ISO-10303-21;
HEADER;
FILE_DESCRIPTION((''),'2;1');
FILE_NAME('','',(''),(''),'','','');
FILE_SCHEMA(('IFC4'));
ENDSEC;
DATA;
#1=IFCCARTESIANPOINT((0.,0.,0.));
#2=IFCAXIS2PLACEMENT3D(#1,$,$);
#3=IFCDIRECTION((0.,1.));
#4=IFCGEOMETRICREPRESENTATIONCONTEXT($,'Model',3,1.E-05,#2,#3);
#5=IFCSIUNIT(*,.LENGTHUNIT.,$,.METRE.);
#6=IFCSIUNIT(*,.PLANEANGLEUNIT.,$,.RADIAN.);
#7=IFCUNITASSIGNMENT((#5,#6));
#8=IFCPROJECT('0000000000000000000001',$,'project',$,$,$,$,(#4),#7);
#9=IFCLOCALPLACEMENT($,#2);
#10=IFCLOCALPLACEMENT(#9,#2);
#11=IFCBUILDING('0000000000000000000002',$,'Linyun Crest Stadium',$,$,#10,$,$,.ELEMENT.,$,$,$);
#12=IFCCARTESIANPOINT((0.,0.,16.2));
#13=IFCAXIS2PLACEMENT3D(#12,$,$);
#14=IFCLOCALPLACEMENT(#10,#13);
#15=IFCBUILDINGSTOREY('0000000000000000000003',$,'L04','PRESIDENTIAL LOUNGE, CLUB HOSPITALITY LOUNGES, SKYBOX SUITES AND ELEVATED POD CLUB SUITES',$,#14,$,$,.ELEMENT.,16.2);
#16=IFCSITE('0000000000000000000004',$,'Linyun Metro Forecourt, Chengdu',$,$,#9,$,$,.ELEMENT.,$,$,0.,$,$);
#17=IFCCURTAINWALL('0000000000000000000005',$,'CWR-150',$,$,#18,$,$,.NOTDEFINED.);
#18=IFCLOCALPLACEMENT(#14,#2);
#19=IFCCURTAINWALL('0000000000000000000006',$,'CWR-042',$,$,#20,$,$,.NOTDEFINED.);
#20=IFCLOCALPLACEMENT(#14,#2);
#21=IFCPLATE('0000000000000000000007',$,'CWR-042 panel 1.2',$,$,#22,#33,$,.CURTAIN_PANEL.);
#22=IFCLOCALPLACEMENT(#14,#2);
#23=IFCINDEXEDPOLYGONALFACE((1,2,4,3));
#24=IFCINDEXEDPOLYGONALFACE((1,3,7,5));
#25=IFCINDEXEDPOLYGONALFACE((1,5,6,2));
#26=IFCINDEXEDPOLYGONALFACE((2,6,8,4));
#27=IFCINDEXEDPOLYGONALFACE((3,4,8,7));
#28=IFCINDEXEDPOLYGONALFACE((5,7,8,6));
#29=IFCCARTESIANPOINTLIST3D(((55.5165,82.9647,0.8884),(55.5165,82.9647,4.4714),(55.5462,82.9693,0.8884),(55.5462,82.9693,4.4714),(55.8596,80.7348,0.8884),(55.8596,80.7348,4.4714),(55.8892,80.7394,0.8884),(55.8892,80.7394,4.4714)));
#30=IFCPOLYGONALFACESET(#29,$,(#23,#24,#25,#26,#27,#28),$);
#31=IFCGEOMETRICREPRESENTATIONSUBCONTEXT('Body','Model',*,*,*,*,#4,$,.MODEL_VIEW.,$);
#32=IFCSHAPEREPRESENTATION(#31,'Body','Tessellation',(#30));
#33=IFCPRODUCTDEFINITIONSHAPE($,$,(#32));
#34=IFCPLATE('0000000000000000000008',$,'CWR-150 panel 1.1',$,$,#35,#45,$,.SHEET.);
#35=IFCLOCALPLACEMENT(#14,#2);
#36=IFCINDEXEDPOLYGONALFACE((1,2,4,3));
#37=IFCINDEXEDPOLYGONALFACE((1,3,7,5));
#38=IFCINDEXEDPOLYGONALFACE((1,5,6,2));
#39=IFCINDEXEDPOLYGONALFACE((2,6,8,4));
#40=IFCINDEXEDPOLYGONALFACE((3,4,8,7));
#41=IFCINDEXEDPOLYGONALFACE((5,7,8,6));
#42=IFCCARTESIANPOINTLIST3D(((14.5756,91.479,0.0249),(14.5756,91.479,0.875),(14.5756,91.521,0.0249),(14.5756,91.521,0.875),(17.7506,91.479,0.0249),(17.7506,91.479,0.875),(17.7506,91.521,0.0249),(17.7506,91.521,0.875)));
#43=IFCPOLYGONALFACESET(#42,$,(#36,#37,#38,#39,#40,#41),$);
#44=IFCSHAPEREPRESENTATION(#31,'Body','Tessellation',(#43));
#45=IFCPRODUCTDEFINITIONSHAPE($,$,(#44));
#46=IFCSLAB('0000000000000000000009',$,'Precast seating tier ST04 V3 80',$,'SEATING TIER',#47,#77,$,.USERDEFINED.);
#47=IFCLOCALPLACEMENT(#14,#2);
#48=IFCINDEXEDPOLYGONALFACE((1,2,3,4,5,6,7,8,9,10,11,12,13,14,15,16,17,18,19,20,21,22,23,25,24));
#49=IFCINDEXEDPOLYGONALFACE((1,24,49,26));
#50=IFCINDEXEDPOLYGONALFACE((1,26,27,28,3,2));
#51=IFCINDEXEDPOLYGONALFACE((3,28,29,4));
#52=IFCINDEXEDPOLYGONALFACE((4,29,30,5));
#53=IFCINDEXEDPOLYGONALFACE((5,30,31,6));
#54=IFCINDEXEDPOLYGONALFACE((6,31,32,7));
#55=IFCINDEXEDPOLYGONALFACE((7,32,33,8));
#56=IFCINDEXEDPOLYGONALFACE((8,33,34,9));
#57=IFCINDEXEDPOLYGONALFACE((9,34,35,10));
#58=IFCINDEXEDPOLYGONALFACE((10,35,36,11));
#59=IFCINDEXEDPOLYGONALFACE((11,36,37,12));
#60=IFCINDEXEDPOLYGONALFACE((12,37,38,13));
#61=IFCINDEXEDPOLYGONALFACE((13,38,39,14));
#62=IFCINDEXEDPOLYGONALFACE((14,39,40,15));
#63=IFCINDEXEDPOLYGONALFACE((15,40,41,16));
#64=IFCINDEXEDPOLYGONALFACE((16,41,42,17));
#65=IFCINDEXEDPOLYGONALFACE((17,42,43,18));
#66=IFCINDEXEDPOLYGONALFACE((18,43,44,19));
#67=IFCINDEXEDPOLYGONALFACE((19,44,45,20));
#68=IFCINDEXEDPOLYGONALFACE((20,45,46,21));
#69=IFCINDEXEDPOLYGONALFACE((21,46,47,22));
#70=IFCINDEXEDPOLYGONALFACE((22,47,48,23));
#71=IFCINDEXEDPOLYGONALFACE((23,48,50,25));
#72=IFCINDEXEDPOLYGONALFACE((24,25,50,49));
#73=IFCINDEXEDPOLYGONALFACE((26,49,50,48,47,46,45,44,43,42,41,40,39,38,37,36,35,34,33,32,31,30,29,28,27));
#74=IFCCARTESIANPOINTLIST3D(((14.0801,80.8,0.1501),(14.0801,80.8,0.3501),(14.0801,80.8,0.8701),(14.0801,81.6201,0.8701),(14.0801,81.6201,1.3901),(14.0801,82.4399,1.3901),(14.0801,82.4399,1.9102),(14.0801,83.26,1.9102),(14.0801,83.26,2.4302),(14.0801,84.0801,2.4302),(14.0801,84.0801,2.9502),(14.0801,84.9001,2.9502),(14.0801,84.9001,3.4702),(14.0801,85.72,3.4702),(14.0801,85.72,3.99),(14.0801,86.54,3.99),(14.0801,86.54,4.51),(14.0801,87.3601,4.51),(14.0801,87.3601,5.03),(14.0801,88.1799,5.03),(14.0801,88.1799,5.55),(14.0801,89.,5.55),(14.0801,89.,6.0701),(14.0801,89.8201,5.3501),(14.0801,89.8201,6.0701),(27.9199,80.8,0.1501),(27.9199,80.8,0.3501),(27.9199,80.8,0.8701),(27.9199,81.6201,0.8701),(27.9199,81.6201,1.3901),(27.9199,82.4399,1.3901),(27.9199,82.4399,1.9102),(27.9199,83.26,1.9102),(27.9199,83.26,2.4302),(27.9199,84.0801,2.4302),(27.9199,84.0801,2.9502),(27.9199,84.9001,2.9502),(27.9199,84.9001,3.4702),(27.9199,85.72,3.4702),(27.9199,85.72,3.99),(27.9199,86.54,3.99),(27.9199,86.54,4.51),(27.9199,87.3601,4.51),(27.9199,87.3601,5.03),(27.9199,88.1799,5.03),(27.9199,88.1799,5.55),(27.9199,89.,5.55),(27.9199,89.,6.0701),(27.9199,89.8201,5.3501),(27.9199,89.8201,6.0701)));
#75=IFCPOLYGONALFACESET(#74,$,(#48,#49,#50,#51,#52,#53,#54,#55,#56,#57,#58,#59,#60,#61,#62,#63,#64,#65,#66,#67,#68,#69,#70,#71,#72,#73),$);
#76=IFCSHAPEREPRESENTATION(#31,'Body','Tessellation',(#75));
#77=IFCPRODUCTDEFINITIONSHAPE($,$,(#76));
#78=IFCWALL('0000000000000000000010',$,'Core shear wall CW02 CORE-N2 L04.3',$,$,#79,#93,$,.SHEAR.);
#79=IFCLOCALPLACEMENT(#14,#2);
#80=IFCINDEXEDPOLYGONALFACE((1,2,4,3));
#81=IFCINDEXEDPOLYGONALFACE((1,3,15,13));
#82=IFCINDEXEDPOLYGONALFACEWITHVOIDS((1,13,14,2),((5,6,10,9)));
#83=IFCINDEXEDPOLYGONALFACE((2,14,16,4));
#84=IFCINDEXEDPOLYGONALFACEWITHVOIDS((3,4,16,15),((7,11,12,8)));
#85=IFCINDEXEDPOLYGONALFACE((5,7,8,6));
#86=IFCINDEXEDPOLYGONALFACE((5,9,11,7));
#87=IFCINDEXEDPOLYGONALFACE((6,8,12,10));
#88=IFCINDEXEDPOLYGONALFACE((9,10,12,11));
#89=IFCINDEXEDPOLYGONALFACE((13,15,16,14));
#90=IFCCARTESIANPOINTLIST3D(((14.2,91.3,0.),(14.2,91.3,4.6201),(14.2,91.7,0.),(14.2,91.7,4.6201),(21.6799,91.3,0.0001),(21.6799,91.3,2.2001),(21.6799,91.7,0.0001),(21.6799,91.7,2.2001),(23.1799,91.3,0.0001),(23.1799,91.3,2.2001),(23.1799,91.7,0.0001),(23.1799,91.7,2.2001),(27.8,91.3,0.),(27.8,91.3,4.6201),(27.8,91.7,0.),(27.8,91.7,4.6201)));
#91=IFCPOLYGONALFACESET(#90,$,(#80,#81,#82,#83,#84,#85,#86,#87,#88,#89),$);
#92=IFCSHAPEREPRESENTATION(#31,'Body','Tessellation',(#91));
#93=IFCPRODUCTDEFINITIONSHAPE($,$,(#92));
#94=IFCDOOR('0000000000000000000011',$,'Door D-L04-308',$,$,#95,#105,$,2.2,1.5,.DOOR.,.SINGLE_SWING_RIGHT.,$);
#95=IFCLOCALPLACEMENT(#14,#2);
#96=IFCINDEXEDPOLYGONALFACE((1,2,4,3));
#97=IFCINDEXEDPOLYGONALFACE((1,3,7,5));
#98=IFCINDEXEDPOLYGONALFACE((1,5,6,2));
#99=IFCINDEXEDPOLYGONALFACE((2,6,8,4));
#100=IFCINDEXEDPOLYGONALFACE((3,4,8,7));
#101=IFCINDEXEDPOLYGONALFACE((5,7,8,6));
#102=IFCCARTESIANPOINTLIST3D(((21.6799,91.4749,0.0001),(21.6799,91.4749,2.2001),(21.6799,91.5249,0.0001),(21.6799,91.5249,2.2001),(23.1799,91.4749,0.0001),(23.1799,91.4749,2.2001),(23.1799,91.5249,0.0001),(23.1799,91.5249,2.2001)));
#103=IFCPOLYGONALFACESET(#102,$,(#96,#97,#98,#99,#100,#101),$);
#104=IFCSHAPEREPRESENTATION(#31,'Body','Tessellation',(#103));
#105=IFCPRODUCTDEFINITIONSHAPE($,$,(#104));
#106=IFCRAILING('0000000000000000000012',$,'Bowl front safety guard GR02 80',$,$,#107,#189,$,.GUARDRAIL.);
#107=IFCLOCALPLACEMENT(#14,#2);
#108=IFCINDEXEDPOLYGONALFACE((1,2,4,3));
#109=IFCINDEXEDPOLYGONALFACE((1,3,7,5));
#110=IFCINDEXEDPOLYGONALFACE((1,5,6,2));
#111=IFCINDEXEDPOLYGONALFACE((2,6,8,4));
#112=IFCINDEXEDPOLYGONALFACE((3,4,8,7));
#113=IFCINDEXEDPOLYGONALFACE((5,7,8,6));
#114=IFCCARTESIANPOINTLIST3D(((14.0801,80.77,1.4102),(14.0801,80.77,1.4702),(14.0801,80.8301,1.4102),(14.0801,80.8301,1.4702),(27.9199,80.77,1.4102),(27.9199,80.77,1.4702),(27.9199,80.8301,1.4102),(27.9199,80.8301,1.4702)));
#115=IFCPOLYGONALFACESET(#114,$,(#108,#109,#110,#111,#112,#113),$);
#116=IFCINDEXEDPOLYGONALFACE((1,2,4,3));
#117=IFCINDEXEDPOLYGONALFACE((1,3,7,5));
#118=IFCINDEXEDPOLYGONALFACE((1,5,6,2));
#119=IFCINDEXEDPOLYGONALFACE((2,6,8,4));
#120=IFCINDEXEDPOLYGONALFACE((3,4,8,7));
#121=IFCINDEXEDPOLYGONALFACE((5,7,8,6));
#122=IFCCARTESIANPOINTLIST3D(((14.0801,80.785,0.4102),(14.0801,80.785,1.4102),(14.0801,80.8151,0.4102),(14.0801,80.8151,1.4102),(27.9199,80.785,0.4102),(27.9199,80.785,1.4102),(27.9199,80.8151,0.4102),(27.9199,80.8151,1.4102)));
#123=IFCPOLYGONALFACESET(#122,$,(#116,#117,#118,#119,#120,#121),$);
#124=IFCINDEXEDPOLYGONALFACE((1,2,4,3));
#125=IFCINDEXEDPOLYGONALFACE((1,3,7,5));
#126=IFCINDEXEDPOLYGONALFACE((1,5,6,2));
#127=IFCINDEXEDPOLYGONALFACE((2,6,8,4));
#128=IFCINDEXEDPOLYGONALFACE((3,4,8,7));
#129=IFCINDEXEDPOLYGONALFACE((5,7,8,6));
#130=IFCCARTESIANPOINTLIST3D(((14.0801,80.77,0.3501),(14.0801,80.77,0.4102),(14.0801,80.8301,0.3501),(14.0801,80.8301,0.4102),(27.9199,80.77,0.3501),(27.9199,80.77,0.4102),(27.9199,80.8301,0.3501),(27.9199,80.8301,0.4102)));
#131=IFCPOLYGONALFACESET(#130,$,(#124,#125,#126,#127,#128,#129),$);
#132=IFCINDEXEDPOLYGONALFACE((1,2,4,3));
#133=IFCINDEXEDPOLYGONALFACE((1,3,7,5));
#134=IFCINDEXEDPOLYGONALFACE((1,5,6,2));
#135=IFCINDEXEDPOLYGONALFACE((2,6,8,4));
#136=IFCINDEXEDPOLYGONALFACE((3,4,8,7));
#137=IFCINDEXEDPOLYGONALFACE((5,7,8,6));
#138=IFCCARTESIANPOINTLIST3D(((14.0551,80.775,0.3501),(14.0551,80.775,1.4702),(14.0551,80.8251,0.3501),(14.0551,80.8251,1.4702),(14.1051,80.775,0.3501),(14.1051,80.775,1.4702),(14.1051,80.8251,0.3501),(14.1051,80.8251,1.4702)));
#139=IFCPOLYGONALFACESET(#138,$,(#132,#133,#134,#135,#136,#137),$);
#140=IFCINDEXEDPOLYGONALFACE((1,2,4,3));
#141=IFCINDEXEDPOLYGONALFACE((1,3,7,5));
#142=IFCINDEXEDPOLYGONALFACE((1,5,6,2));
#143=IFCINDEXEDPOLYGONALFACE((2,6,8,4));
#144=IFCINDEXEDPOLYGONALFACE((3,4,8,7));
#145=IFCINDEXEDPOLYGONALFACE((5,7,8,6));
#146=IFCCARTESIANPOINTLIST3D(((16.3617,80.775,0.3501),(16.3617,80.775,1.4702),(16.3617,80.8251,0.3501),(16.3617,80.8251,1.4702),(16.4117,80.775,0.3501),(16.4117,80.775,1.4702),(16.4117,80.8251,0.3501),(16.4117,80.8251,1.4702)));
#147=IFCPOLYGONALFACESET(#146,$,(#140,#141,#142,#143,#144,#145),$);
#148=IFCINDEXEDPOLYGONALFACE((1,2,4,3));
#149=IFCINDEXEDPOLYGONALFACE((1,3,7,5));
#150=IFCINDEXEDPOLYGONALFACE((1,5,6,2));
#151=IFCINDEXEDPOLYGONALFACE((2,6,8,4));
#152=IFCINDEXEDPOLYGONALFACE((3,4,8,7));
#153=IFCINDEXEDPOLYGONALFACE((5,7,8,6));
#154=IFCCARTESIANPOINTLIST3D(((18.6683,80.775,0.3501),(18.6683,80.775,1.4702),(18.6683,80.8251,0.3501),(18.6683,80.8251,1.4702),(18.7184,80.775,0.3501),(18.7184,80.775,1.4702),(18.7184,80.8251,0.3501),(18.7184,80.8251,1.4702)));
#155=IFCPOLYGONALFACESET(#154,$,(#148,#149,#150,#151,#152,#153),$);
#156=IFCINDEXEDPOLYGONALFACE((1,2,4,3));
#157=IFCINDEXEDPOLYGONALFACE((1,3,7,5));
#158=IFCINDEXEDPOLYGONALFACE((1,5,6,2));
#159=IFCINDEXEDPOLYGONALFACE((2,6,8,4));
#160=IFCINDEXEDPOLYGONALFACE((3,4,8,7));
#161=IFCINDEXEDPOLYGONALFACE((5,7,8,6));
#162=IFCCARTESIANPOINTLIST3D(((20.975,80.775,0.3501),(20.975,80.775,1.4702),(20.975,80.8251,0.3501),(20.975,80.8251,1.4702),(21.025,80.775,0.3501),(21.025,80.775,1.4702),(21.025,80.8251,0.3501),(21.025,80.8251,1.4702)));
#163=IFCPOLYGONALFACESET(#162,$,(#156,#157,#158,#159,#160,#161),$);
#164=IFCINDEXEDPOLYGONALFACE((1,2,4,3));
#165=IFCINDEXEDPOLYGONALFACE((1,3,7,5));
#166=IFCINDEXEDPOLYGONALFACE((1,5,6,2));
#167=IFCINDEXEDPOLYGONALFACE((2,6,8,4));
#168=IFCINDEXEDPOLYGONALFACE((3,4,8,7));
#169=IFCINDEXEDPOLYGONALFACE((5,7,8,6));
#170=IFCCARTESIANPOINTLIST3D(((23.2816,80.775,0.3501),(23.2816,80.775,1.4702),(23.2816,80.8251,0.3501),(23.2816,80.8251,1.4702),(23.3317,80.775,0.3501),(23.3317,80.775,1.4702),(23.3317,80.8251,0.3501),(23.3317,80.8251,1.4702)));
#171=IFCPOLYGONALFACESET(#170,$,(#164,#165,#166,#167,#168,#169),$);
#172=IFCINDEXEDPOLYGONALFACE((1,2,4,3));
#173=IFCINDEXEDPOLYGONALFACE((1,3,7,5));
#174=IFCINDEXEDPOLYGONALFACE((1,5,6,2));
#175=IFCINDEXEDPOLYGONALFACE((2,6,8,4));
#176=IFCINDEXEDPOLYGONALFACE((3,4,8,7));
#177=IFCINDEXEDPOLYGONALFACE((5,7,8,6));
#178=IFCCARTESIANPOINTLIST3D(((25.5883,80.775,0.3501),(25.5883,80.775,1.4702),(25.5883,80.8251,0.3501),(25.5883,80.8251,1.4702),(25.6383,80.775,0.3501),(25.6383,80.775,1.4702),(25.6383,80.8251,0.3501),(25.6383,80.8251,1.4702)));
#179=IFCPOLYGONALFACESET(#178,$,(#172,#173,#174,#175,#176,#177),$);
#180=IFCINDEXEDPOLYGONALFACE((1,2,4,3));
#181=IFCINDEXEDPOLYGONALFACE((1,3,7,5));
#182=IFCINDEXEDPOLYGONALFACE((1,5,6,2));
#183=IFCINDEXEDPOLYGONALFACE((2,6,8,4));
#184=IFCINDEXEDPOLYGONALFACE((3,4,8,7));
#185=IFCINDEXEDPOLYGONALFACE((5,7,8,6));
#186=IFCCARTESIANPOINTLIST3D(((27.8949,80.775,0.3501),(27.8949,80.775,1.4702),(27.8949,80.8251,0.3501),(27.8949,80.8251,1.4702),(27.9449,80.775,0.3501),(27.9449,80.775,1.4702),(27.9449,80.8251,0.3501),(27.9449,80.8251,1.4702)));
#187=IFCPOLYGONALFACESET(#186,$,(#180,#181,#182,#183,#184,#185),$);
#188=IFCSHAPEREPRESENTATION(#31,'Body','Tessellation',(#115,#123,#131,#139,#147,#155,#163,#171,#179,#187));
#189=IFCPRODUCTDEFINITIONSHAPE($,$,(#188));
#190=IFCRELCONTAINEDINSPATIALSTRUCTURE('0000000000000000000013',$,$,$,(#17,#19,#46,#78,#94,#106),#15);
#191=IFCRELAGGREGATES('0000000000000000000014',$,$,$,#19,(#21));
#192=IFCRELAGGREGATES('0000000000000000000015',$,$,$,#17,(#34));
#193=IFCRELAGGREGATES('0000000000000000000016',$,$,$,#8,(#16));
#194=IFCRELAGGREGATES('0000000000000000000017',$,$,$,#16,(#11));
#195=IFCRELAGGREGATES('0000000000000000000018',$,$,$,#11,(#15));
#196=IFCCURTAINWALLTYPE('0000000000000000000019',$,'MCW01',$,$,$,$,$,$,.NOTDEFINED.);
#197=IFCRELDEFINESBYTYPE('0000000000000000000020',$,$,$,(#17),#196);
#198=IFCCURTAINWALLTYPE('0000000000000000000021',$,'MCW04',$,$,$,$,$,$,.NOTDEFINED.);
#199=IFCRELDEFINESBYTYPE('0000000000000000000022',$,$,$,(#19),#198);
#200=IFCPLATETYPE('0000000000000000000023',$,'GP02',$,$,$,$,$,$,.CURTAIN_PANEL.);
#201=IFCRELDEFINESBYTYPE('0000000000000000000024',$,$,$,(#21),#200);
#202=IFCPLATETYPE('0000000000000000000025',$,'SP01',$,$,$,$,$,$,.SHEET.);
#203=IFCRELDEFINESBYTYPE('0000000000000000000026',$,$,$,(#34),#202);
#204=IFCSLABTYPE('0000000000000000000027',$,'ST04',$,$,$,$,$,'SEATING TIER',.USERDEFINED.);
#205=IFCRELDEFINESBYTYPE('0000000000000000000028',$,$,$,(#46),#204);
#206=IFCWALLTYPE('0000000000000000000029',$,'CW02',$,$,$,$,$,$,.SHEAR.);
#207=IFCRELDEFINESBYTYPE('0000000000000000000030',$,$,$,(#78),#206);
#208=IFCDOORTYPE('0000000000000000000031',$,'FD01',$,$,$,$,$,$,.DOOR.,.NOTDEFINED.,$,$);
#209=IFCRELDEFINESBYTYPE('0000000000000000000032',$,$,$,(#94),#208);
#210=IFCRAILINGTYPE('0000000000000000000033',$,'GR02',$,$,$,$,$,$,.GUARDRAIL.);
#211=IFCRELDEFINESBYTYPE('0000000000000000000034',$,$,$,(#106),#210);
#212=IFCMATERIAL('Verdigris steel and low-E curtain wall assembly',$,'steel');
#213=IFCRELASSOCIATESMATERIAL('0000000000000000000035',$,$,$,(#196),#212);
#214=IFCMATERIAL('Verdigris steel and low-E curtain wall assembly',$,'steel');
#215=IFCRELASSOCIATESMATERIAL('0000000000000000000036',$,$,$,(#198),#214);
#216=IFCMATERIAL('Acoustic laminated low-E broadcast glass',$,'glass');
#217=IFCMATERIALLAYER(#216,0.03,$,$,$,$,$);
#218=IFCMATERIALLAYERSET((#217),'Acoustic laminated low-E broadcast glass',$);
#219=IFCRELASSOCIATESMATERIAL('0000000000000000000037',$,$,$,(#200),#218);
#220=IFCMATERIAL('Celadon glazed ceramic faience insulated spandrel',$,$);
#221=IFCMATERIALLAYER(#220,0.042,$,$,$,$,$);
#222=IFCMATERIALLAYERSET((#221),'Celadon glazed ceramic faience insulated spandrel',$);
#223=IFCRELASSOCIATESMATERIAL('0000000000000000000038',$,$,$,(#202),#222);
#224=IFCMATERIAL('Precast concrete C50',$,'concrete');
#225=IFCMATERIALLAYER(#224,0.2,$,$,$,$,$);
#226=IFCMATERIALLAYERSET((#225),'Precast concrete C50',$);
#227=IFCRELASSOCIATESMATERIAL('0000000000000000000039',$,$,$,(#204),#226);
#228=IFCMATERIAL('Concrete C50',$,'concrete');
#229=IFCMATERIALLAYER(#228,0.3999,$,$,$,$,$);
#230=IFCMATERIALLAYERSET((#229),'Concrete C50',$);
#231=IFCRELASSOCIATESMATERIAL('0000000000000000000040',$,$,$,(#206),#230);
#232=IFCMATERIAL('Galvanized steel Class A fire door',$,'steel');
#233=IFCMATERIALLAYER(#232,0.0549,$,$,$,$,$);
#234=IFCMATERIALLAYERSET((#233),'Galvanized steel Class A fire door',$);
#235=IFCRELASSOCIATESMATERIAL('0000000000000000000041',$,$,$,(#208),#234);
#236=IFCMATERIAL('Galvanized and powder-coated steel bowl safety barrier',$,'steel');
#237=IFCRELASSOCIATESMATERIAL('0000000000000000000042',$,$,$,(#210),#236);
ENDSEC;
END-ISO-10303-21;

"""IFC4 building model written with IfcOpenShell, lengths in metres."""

from ifc_helpers import new_model, si_unit, direction, frame, frame_2d, origin, origin_2d, place, context, subcontext, project, spatial, polyline, rectangle, outline, extrude, material, layer, layer_set, type_object, element, fill, aggregate, save


model = new_model("IFC4")

# Units and contexts
model_context = context("Model", 3, precision=1e-05, world=origin(), true_north=direction((0.0, 1.0)))
body_context = subcontext(model_context, "Body", "Model", "MODEL_VIEW")
ifc_project = project(units=[si_unit("LENGTHUNIT", "METRE"), si_unit("PLANEANGLEUNIT", "RADIAN")], contexts=[model_context])

# Site, building, storey
site_placement = place(None, origin())
site = spatial("IfcSite", under=ifc_project, at=site_placement, Name="Linyun Metro Forecourt, Chengdu", CompositionType="ELEMENT", RefElevation=0.0)
building_placement = place(site_placement, origin())
building = spatial("IfcBuilding", under=site, at=building_placement, Name="Linyun Crest Stadium", CompositionType="ELEMENT")
storey_placement = place(building_placement, frame((0.0, 0.0, 16.2)))
storey = spatial("IfcBuildingStorey", under=building, at=storey_placement, Name="L04", Description="PRESIDENTIAL LOUNGE, CLUB HOSPITALITY LOUNGES, SKYBOX SUITES AND ELEVATED POD CLUB SUITES", CompositionType="ELEMENT", Elevation=16.2)

# Shared definitions
ifc_material_1 = material(Name="Verdigris steel and low-E curtain wall assembly", Category="steel")
curtain_wall_type_1 = type_object("IfcCurtainWallType", Name="MCW01", PredefinedType="NOTDEFINED", material=ifc_material_1)

# Curtain wall
curtain_wall_1_placement = place(storey_placement, origin())
curtain_wall_1 = element("IfcCurtainWall", 1, at=curtain_wall_1_placement, inside=storey, type_object=curtain_wall_type_1, Name="CWR-150", PredefinedType="NOTDEFINED")

# Curtain wall
ifc_material_2 = material(Name="Verdigris steel and low-E curtain wall assembly", Category="steel")
curtain_wall_type_2 = type_object("IfcCurtainWallType", Name="MCW04", PredefinedType="NOTDEFINED", material=ifc_material_2)
curtain_wall_2_placement = place(storey_placement, origin())
curtain_wall_2 = element("IfcCurtainWall", 2, at=curtain_wall_2_placement, inside=storey, type_object=curtain_wall_type_2, Name="CWR-042", PredefinedType="NOTDEFINED")

# Plates
ifc_material_3 = material(Name="Acoustic laminated low-E broadcast glass", Category="glass")
ifc_layer_1 = layer(ifc_material_3, 0.03)
ifc_layer_set_1 = layer_set([ifc_layer_1], Name="Acoustic laminated low-E broadcast glass")
plate_type_1 = type_object("IfcPlateType", Name="GP02", PredefinedType="CURTAIN_PANEL", material=ifc_layer_set_1)
plate_1_placement = place(storey_placement, frame((55.7029, 81.8521, 0.8884), z_axis=(0.0, 0.0, 1.0), x_axis=(0.152054, -0.988372, 0.0)))
plate_1 = element("IfcPlate", 3, at=plate_1_placement, type_object=plate_type_1, Name="CWR-042 panel 1.2", PredefinedType="CURTAIN_PANEL", context=body_context, shape_type="SweptSolid", body=[
    extrude(rectangle(XDim=2.2561, YDim=0.03, at=origin_2d()), origin(), (0.0, 0.0, 1.0), 3.583),
])
aggregate(curtain_wall_2, [plate_1])
ifc_material_4 = material(Name="Celadon glazed ceramic faience insulated spandrel")
ifc_layer_2 = layer(ifc_material_4, 0.042)
ifc_layer_set_2 = layer_set([ifc_layer_2], Name="Celadon glazed ceramic faience insulated spandrel")
plate_type_2 = type_object("IfcPlateType", Name="SP01", PredefinedType="SHEET", material=ifc_layer_set_2)
plate_2_placement = place(storey_placement, frame((16.1631, 91.5, 0.0249), z_axis=(0.0, 0.0, 1.0), x_axis=(1.0, 0.0, 0.0)))
plate_2 = element("IfcPlate", 4, at=plate_2_placement, type_object=plate_type_2, Name="CWR-150 panel 1.1", PredefinedType="SHEET", context=body_context, shape_type="SweptSolid", body=[
    extrude(rectangle(XDim=3.175, YDim=0.042, at=origin_2d()), origin(), (0.0, 0.0, 1.0), 0.8501),
])
aggregate(curtain_wall_1, [plate_2])

# Slab
ifc_material_5 = material(Name="Precast concrete C50", Category="concrete")
ifc_layer_3 = layer(ifc_material_5, 0.2)
ifc_layer_set_3 = layer_set([ifc_layer_3], Name="Precast concrete C50")
slab_type = type_object("IfcSlabType", Name="ST04", ElementType="SEATING TIER", PredefinedType="USERDEFINED", material=ifc_layer_set_3)
slab_placement = place(storey_placement, frame((14.0801, 80.8, 0.3501), z_axis=(0.0, 0.0, 1.0), x_axis=(0.0, 1.0, 0.0)))
element("IfcSlab", 5, at=slab_placement, inside=storey, type_object=slab_type, Name="Precast seating tier ST04 V3 80", ObjectType="SEATING TIER", PredefinedType="USERDEFINED", context=body_context, shape_type="SweptSolid", body=[
    extrude(outline(polyline([(0.0, 0.0), (0.0, 0.52), (0.8201, 0.52), (0.8201, 1.04), (1.6399, 1.04), (1.6399, 1.5601), (2.46, 1.5601), (2.46, 2.0801), (3.28, 2.0801), (3.28, 2.6001), (4.1001, 2.6001), (4.1001, 3.1201), (4.9199, 3.1201), (4.9199, 3.6399), (5.74, 3.6399), (5.74, 4.1599), (6.5601, 4.1599), (6.5601, 4.6799), (7.3799, 4.6799), (7.3799, 5.2), (8.2, 5.2), (8.2, 5.72), (9.02, 5.72), (9.02, 5.0), (0.0, -0.2), (0.0, 0.0)])), frame((0.0, 0.0, 0.0), z_axis=(0.0, -1.0, 0.0), x_axis=(1.0, 0.0, 0.0)), (0.0, 0.0, 1.0), 13.8398),
])

# Wall, opening, door
ifc_material_6 = material(Name="Concrete C50", Category="concrete")
ifc_layer_4 = layer(ifc_material_6, 0.3999)
ifc_layer_set_4 = layer_set([ifc_layer_4], Name="Concrete C50")
wall_type = type_object("IfcWallType", Name="CW02", PredefinedType="SHEAR", material=ifc_layer_set_4)
wall_placement = place(storey_placement, frame((14.2, 91.5, 0.0), z_axis=(0.0, 0.0, 1.0), x_axis=(1.0, 0.0, 0.0)))
wall = element("IfcWall", 6, at=wall_placement, inside=storey, type_object=wall_type, Name="Core shear wall CW02 CORE-N2 L04.3", PredefinedType="SHEAR", context=body_context, shape_type="SweptSolid", body=[
    extrude(rectangle(XDim=13.6001, YDim=0.3999, at=frame_2d((6.8, 0.0))), origin(), (0.0, 0.0, 1.0), 4.6201),
])
opening_placement = place(wall_placement, frame((7.48, 0.0, 0.0)))
opening = element("IfcOpeningElement", 7, at=opening_placement, cuts=wall, PredefinedType="OPENING", context=body_context, shape_type="SweptSolid", body=[
    extrude(rectangle(XDim=1.5, YDim=2.2, at=frame_2d((0.75, 1.1001))), frame((0.0, 0.21, 0.0), z_axis=(0.0, -1.0, 0.0), x_axis=(1.0, 0.0, 0.0)), (0.0, 0.0, 1.0), 0.4199),
])
ifc_material_7 = material(Name="Galvanized steel Class A fire door", Category="steel")
ifc_layer_5 = layer(ifc_material_7, 0.0549)
ifc_layer_set_5 = layer_set([ifc_layer_5], Name="Galvanized steel Class A fire door")
door_type = type_object("IfcDoorType", Name="FD01", OperationType="NOTDEFINED", PredefinedType="DOOR", material=ifc_layer_set_5)
door_placement = place(opening_placement, origin())
door = element("IfcDoor", 8, at=door_placement, inside=storey, type_object=door_type, Name="Door D-L04-308", OperationType="SINGLE_SWING_RIGHT", OverallHeight=2.2, OverallWidth=1.5, PredefinedType="DOOR", context=body_context, shape_type="SweptSolid", body=[
    extrude(rectangle(XDim=1.5, YDim=2.2, at=frame_2d((0.75, 1.1001))), frame((0.0, 0.0249, 0.0), z_axis=(0.0, -1.0, 0.0), x_axis=(1.0, 0.0, 0.0)), (0.0, 0.0, 1.0), 0.05),
])
fill(opening, door)

# Railing
ifc_material_8 = material(Name="Galvanized and powder-coated steel bowl safety barrier", Category="steel")
railing_type = type_object("IfcRailingType", Name="GR02", PredefinedType="GUARDRAIL", material=ifc_material_8)
railing_placement = place(storey_placement, frame((14.0801, 80.8, 0.3501)))
element("IfcRailing", 9, at=railing_placement, inside=storey, type_object=railing_type, Name="Bowl front safety guard GR02 80", PredefinedType="GUARDRAIL", context=body_context, shape_type="SweptSolid", body=[
    extrude(rectangle(XDim=0.0601, YDim=0.0601, at=origin_2d()), frame((0.0, 0.0, 1.0901), z_axis=(1.0, 0.0, 0.0), x_axis=(0.0, 1.0, 0.0)), (0.0, 0.0, 1.0), 13.8398),
    extrude(rectangle(XDim=0.03, YDim=1.0, at=origin_2d()), frame((0.0, 0.0, 0.5601), z_axis=(1.0, 0.0, 0.0), x_axis=(0.0, 1.0, 0.0)), (0.0, 0.0, 1.0), 13.8398),
    extrude(rectangle(XDim=0.0601, YDim=0.0601, at=origin_2d()), frame((0.0, 0.0, 0.03), z_axis=(1.0, 0.0, 0.0), x_axis=(0.0, 1.0, 0.0)), (0.0, 0.0, 1.0), 13.8398),
    extrude(rectangle(XDim=0.05, YDim=0.05, at=origin_2d()), origin(), (0.0, 0.0, 1.0), 1.1201),
    extrude(rectangle(XDim=0.05, YDim=0.05, at=origin_2d()), frame((2.3066, 0.0, 0.0)), (0.0, 0.0, 1.0), 1.1201),
    extrude(rectangle(XDim=0.05, YDim=0.05, at=origin_2d()), frame((4.6133, 0.0, 0.0)), (0.0, 0.0, 1.0), 1.1201),
    extrude(rectangle(XDim=0.05, YDim=0.05, at=origin_2d()), frame((6.9199, 0.0, 0.0)), (0.0, 0.0, 1.0), 1.1201),
    extrude(rectangle(XDim=0.05, YDim=0.05, at=origin_2d()), frame((9.2266, 0.0, 0.0)), (0.0, 0.0, 1.0), 1.1201),
    extrude(rectangle(XDim=0.05, YDim=0.05, at=origin_2d()), frame((11.5332, 0.0, 0.0)), (0.0, 0.0, 1.0), 1.1201),
    extrude(rectangle(XDim=0.05, YDim=0.05, at=origin_2d()), frame((13.8398, 0.0, 0.0)), (0.0, 0.0, 1.0), 1.1201),
])

save(model, "model.ifc")
